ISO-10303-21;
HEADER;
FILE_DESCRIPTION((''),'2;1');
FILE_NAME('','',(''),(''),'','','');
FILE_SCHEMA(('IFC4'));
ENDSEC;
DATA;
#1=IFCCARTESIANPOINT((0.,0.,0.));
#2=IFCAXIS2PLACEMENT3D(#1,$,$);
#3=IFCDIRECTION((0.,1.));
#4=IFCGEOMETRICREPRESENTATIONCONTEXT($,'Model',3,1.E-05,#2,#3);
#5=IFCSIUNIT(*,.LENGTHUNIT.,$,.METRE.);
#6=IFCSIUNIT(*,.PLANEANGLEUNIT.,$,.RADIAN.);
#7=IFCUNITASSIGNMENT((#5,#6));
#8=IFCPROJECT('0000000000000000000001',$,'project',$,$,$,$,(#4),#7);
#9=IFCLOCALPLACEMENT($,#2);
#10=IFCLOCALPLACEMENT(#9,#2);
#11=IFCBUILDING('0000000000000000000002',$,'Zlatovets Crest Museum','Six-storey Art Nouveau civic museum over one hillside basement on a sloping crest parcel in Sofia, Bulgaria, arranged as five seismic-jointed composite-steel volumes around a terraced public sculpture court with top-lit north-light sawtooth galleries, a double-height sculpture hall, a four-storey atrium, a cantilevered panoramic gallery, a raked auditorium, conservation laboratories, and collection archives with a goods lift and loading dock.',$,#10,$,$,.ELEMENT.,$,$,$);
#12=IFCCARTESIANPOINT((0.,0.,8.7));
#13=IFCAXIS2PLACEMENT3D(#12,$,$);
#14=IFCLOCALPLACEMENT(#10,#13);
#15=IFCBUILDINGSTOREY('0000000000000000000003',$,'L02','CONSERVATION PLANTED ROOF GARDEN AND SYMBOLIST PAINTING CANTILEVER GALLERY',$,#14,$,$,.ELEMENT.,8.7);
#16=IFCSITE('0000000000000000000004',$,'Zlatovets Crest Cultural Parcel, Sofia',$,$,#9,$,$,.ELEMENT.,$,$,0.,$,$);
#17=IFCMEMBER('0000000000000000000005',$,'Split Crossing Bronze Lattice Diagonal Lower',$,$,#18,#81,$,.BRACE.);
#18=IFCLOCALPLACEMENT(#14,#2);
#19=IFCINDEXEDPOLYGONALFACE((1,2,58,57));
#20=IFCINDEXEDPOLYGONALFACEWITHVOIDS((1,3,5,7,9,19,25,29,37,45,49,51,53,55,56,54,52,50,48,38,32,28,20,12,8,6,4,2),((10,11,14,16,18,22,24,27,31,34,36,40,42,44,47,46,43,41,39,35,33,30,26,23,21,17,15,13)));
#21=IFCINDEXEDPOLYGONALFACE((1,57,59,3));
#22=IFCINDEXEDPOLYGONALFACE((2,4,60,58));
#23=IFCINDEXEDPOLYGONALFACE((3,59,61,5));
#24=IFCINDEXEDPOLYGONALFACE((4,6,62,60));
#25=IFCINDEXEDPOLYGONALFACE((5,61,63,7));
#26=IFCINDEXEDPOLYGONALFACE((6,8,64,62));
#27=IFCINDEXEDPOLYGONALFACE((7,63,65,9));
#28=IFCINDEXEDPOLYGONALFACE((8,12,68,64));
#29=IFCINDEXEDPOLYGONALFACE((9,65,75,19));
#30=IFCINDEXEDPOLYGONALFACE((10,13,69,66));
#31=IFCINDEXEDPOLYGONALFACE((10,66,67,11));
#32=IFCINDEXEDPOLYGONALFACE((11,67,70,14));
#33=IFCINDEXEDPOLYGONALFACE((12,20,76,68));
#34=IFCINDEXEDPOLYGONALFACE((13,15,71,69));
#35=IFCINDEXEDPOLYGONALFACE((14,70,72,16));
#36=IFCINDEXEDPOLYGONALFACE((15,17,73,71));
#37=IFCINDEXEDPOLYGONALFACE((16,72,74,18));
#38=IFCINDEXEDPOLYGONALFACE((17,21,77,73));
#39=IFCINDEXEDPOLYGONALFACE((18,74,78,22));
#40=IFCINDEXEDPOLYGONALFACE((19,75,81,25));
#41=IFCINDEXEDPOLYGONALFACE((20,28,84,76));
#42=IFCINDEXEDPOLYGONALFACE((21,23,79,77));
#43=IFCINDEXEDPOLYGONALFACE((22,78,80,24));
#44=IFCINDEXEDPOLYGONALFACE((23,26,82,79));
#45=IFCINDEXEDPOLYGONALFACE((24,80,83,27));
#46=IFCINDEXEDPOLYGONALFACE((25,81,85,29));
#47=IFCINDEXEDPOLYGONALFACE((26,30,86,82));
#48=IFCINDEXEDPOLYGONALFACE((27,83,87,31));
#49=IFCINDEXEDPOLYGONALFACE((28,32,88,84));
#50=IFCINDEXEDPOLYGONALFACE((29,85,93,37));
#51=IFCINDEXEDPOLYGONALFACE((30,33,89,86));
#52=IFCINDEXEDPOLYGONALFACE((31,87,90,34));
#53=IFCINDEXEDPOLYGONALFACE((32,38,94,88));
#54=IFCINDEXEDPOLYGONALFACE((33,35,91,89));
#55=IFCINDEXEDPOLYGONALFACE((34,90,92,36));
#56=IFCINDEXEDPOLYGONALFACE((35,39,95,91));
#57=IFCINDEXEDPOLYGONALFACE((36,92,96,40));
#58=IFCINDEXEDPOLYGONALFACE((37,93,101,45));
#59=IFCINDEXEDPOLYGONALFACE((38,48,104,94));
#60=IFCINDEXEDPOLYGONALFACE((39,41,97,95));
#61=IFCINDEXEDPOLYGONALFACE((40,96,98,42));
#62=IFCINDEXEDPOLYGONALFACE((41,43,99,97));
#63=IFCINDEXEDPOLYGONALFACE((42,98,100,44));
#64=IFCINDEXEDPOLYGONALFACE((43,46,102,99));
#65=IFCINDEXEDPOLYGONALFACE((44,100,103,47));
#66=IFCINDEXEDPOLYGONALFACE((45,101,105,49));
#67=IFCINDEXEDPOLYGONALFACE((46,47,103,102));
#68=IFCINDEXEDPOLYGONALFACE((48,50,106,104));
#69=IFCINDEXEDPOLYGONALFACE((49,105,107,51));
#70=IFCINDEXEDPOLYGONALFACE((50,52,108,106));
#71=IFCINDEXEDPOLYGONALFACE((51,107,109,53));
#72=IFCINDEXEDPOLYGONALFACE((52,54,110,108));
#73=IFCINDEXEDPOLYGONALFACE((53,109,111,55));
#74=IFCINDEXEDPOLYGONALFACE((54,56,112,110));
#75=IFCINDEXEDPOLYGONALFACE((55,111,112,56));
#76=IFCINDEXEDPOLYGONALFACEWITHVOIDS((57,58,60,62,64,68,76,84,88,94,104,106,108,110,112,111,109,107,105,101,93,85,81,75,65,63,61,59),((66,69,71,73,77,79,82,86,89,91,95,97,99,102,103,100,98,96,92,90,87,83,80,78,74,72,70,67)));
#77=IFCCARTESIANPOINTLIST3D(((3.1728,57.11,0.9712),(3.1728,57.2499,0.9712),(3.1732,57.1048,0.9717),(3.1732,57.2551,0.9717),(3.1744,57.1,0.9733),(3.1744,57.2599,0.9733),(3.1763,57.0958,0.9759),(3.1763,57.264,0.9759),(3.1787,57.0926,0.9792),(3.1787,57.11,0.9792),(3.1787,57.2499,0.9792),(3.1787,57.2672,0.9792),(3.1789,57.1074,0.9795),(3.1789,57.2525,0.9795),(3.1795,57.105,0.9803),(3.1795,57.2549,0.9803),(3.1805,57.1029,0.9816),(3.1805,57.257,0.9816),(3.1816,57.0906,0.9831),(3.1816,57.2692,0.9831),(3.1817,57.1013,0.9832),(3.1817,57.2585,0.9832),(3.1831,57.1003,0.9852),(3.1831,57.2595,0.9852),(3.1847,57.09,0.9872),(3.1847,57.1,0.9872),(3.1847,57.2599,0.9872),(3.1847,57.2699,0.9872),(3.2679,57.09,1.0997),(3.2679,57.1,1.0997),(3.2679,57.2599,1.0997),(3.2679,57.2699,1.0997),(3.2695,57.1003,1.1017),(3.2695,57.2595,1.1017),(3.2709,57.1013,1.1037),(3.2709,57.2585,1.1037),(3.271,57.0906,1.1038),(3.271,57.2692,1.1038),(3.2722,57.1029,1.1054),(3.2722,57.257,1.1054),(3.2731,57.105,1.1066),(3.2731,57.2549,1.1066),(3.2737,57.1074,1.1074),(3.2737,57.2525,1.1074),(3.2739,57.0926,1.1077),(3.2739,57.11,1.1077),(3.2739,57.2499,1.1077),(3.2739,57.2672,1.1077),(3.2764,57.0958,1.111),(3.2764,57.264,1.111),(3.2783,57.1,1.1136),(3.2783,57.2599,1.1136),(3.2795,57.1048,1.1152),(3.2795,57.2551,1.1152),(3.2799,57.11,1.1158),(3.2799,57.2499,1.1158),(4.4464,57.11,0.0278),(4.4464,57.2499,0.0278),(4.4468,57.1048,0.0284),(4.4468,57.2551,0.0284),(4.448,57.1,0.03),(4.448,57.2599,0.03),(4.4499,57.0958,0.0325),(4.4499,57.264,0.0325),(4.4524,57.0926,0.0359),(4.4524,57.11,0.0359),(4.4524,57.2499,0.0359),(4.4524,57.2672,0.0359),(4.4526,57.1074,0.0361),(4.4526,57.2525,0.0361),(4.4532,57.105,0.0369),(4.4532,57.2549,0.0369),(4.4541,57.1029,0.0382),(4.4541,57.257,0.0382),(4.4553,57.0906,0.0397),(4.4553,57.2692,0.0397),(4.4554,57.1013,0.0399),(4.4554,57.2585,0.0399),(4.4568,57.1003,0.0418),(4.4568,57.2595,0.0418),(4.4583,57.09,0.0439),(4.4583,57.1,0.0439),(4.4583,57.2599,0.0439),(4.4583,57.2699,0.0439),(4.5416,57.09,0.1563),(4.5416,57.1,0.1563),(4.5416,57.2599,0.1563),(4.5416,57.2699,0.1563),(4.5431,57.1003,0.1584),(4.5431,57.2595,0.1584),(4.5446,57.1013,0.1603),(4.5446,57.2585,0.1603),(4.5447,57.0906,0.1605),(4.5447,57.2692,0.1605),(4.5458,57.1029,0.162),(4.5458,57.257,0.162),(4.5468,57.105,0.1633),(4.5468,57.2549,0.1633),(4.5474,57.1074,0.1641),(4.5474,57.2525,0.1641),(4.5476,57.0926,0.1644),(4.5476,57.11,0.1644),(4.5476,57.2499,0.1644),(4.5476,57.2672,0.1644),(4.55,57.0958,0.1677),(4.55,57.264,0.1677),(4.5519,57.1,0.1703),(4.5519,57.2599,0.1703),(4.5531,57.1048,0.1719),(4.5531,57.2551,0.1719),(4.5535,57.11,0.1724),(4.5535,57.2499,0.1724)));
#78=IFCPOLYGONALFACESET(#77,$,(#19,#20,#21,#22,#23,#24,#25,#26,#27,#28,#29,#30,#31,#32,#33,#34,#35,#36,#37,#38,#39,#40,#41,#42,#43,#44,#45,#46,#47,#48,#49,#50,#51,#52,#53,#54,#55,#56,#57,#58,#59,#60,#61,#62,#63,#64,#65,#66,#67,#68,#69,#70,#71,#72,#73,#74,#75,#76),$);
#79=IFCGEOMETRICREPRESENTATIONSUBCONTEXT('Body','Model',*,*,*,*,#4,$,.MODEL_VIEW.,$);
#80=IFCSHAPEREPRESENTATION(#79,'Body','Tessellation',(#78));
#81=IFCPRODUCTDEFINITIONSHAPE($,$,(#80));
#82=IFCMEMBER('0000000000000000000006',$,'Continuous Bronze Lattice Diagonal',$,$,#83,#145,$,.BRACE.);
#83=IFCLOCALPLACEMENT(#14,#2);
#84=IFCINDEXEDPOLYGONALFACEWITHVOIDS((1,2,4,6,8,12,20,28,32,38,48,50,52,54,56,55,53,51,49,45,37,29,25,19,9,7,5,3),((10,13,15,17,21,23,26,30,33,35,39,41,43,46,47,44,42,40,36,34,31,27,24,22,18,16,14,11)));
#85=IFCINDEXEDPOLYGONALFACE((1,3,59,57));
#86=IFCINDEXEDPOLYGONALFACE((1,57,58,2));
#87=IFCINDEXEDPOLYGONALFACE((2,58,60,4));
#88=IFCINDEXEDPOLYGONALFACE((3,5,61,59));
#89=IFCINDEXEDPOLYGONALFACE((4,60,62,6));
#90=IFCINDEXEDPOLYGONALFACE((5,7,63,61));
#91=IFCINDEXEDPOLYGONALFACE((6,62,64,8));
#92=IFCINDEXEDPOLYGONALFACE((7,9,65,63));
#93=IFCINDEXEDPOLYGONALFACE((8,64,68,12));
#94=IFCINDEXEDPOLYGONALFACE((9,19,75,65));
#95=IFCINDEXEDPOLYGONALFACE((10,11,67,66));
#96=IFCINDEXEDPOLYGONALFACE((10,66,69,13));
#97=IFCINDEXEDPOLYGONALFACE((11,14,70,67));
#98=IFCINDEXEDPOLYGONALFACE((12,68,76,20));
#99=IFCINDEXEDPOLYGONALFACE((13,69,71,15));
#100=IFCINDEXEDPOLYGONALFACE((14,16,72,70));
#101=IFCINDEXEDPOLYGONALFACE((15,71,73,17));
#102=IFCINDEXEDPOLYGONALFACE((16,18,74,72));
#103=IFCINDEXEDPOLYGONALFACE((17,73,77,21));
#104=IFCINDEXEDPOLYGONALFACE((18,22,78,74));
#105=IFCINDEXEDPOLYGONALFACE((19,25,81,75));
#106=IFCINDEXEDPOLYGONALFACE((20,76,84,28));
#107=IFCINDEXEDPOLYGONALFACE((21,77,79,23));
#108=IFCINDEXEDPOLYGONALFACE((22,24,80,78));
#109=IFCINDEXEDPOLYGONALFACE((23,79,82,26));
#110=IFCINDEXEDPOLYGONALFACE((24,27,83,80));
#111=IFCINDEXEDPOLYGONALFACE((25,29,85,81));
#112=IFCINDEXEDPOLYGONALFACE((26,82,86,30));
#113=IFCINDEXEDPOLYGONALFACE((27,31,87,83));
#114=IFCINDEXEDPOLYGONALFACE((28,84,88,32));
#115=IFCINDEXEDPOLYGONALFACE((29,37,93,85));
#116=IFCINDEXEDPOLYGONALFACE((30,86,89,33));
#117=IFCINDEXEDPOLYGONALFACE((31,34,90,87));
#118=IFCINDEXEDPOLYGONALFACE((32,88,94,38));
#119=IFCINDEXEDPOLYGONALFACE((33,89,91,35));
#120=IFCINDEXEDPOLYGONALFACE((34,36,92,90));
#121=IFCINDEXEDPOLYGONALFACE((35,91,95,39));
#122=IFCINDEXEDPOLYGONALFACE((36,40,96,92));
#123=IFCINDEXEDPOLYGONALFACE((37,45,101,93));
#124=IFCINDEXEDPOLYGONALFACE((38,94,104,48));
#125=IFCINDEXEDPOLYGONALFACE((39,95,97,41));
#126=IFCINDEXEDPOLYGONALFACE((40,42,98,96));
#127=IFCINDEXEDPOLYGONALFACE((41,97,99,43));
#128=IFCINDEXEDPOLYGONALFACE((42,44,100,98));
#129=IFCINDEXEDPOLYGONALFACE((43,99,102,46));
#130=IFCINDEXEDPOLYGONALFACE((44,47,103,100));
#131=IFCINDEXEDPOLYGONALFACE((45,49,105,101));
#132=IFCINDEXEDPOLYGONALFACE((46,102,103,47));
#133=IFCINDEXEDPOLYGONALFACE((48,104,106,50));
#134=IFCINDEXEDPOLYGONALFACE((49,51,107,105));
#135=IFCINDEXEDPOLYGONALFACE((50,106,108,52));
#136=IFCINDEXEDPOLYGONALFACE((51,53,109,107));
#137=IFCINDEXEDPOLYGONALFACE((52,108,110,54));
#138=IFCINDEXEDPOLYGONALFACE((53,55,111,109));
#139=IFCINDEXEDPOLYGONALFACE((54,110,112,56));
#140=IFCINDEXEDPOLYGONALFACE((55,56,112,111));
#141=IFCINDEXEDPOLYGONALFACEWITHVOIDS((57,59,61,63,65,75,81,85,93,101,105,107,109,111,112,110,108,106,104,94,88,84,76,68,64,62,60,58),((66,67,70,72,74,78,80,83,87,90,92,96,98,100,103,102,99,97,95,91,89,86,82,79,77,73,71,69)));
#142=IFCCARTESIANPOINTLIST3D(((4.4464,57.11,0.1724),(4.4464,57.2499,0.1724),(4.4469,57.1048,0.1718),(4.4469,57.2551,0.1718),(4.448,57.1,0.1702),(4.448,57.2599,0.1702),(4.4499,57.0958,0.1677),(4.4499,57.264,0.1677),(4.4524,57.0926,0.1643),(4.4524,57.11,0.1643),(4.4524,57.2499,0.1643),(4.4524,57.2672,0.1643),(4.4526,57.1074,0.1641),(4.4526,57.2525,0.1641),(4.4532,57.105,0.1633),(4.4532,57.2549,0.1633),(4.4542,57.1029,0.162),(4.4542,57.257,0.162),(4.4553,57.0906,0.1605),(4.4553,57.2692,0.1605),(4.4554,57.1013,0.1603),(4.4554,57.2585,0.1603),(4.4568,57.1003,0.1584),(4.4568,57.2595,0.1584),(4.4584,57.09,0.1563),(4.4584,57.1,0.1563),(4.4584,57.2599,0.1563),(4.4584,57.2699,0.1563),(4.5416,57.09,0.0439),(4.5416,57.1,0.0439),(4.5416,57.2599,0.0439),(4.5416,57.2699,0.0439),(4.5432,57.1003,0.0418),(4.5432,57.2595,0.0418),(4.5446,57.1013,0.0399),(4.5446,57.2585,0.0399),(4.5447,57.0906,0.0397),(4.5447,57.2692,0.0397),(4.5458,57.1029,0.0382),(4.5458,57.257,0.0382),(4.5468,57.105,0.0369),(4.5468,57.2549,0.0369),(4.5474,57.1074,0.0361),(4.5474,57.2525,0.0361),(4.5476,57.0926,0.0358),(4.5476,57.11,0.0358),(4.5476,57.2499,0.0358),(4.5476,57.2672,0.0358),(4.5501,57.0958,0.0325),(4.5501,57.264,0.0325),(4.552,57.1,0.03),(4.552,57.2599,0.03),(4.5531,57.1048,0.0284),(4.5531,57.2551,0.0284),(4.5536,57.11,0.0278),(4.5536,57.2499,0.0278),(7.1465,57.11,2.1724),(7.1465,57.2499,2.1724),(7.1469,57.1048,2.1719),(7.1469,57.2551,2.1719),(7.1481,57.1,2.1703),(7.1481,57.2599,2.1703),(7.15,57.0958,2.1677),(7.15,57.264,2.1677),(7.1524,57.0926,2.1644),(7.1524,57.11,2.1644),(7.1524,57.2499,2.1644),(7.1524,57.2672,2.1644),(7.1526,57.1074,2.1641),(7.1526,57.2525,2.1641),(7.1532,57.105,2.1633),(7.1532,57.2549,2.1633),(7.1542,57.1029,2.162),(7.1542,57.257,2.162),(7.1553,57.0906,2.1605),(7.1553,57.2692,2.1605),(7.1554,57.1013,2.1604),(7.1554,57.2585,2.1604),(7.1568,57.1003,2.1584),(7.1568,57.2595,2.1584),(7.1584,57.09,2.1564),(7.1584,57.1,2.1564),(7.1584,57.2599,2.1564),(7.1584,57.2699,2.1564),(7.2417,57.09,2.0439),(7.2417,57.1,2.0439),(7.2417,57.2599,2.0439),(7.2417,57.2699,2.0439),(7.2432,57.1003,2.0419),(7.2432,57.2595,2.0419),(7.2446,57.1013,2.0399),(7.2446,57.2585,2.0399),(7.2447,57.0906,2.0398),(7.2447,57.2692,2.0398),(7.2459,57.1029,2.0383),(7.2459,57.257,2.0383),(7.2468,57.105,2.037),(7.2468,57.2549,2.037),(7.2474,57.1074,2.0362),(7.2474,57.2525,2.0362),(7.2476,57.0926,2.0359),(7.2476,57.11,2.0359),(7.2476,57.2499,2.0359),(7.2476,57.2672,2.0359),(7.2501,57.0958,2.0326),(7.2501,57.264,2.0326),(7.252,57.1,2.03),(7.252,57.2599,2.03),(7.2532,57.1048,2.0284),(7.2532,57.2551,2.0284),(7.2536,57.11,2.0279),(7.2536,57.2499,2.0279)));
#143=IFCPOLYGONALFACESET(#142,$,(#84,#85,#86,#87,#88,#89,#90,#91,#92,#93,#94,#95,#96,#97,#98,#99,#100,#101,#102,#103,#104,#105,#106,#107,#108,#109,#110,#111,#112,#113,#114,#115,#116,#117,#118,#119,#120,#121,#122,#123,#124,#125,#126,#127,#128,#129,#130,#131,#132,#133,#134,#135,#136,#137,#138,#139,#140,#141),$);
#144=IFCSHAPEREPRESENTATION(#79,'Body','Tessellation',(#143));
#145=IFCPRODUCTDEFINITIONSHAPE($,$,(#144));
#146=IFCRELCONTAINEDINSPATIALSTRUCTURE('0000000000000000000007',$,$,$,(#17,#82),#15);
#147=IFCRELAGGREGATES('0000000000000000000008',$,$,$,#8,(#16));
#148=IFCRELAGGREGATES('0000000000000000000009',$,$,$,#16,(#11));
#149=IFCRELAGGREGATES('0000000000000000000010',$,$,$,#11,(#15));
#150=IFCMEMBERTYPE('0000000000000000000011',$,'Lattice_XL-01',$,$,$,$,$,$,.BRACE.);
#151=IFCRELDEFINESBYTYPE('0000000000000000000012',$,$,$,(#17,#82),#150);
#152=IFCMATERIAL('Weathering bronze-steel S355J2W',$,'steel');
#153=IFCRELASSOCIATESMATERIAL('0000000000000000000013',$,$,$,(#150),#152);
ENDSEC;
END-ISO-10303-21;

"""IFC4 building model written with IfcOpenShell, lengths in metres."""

from ifc_helpers import new_model, si_unit, direction, frame, origin, origin_2d, place, context, subcontext, project, spatial, hollow_rectangle, extrude, material, material_profile, profile_set, type_object, element, save


model = new_model("IFC4")

# Units and contexts
model_context = context("Model", 3, precision=1e-05, world=origin(), true_north=direction((0.0, 1.0)))
body_context = subcontext(model_context, "Body", "Model", "MODEL_VIEW")
ifc_project = project(units=[si_unit("LENGTHUNIT", "METRE"), si_unit("PLANEANGLEUNIT", "RADIAN")], contexts=[model_context])

# Site, building, storey
site_placement = place(None, origin())
site = spatial("IfcSite", under=ifc_project, at=site_placement, Name="Zlatovets Crest Cultural Parcel, Sofia", CompositionType="ELEMENT", RefElevation=0.0)
building_placement = place(site_placement, origin())
building = spatial("IfcBuilding", under=site, at=building_placement, Name="Zlatovets Crest Museum", Description="Six-storey Art Nouveau civic museum over one hillside basement on a sloping crest parcel in Sofia, Bulgaria, arranged as five seismic-jointed composite-steel volumes around a terraced public sculpture court with top-lit north-light sawtooth galleries, a double-height sculpture hall, a four-storey atrium, a cantilevered panoramic gallery, a raked auditorium, conservation laboratories, and collection archives with a goods lift and loading dock.", CompositionType="ELEMENT")
storey_placement = place(building_placement, frame((0.0, 0.0, 8.7)))
storey = spatial("IfcBuildingStorey", under=building, at=storey_placement, Name="L02", Description="CONSERVATION PLANTED ROOF GARDEN AND SYMBOLIST PAINTING CANTILEVER GALLERY", CompositionType="ELEMENT", Elevation=8.7)

# Members
ifc_material_1 = material(Name="Weathering bronze-steel S355J2W", Category="steel")
ifc_material_profile_1 = material_profile(ifc_material_1, hollow_rectangle(XDim=0.1799, YDim=0.1799, WallThickness=0.01, InnerFilletRadius=0.01, OuterFilletRadius=0.02, at=origin_2d()), Name="SHS 180x180x10.0")
ifc_profile_set_1 = profile_set([ifc_material_profile_1], Name="Weathering bronze-steel S355J2W")
member_type_1 = type_object("IfcMemberType", Name="Lattice_XL-01", PredefinedType="BRACE", material=ifc_profile_set_1)
member_1_placement = place(storey_placement, frame((3.2263, 57.1799, 1.0435), z_axis=(0.80359, 0.0, -0.595183), x_axis=(0.0, 1.0, 0.0)))
element("IfcMember", 1, at=member_1_placement, inside=storey, type_object=member_type_1, Name="Split Crossing Bronze Lattice Diagonal Lower", PredefinedType="BRACE", context=body_context, shape_type="SweptSolid", body=[
    extrude(hollow_rectangle(XDim=0.1799, YDim=0.1799, WallThickness=0.01, InnerFilletRadius=0.01, OuterFilletRadius=0.02, at=origin_2d()), origin(), (0.0, 0.0, 1.0), 1.585),
])
member_2_placement = place(storey_placement, frame((4.5, 57.1799, 0.1001), z_axis=(0.803552, 0.0, 0.595235), x_axis=(0.0, 1.0, 0.0)))
element("IfcMember", 2, at=member_2_placement, inside=storey, type_object=member_type_1, Name="Continuous Bronze Lattice Diagonal", PredefinedType="BRACE", context=body_context, shape_type="SweptSolid", body=[
    extrude(hollow_rectangle(XDim=0.1799, YDim=0.1799, WallThickness=0.01, InnerFilletRadius=0.01, OuterFilletRadius=0.02, at=origin_2d()), origin(), (0.0, 0.0, 1.0), 3.3601),
])

save(model, "model.ifc")
